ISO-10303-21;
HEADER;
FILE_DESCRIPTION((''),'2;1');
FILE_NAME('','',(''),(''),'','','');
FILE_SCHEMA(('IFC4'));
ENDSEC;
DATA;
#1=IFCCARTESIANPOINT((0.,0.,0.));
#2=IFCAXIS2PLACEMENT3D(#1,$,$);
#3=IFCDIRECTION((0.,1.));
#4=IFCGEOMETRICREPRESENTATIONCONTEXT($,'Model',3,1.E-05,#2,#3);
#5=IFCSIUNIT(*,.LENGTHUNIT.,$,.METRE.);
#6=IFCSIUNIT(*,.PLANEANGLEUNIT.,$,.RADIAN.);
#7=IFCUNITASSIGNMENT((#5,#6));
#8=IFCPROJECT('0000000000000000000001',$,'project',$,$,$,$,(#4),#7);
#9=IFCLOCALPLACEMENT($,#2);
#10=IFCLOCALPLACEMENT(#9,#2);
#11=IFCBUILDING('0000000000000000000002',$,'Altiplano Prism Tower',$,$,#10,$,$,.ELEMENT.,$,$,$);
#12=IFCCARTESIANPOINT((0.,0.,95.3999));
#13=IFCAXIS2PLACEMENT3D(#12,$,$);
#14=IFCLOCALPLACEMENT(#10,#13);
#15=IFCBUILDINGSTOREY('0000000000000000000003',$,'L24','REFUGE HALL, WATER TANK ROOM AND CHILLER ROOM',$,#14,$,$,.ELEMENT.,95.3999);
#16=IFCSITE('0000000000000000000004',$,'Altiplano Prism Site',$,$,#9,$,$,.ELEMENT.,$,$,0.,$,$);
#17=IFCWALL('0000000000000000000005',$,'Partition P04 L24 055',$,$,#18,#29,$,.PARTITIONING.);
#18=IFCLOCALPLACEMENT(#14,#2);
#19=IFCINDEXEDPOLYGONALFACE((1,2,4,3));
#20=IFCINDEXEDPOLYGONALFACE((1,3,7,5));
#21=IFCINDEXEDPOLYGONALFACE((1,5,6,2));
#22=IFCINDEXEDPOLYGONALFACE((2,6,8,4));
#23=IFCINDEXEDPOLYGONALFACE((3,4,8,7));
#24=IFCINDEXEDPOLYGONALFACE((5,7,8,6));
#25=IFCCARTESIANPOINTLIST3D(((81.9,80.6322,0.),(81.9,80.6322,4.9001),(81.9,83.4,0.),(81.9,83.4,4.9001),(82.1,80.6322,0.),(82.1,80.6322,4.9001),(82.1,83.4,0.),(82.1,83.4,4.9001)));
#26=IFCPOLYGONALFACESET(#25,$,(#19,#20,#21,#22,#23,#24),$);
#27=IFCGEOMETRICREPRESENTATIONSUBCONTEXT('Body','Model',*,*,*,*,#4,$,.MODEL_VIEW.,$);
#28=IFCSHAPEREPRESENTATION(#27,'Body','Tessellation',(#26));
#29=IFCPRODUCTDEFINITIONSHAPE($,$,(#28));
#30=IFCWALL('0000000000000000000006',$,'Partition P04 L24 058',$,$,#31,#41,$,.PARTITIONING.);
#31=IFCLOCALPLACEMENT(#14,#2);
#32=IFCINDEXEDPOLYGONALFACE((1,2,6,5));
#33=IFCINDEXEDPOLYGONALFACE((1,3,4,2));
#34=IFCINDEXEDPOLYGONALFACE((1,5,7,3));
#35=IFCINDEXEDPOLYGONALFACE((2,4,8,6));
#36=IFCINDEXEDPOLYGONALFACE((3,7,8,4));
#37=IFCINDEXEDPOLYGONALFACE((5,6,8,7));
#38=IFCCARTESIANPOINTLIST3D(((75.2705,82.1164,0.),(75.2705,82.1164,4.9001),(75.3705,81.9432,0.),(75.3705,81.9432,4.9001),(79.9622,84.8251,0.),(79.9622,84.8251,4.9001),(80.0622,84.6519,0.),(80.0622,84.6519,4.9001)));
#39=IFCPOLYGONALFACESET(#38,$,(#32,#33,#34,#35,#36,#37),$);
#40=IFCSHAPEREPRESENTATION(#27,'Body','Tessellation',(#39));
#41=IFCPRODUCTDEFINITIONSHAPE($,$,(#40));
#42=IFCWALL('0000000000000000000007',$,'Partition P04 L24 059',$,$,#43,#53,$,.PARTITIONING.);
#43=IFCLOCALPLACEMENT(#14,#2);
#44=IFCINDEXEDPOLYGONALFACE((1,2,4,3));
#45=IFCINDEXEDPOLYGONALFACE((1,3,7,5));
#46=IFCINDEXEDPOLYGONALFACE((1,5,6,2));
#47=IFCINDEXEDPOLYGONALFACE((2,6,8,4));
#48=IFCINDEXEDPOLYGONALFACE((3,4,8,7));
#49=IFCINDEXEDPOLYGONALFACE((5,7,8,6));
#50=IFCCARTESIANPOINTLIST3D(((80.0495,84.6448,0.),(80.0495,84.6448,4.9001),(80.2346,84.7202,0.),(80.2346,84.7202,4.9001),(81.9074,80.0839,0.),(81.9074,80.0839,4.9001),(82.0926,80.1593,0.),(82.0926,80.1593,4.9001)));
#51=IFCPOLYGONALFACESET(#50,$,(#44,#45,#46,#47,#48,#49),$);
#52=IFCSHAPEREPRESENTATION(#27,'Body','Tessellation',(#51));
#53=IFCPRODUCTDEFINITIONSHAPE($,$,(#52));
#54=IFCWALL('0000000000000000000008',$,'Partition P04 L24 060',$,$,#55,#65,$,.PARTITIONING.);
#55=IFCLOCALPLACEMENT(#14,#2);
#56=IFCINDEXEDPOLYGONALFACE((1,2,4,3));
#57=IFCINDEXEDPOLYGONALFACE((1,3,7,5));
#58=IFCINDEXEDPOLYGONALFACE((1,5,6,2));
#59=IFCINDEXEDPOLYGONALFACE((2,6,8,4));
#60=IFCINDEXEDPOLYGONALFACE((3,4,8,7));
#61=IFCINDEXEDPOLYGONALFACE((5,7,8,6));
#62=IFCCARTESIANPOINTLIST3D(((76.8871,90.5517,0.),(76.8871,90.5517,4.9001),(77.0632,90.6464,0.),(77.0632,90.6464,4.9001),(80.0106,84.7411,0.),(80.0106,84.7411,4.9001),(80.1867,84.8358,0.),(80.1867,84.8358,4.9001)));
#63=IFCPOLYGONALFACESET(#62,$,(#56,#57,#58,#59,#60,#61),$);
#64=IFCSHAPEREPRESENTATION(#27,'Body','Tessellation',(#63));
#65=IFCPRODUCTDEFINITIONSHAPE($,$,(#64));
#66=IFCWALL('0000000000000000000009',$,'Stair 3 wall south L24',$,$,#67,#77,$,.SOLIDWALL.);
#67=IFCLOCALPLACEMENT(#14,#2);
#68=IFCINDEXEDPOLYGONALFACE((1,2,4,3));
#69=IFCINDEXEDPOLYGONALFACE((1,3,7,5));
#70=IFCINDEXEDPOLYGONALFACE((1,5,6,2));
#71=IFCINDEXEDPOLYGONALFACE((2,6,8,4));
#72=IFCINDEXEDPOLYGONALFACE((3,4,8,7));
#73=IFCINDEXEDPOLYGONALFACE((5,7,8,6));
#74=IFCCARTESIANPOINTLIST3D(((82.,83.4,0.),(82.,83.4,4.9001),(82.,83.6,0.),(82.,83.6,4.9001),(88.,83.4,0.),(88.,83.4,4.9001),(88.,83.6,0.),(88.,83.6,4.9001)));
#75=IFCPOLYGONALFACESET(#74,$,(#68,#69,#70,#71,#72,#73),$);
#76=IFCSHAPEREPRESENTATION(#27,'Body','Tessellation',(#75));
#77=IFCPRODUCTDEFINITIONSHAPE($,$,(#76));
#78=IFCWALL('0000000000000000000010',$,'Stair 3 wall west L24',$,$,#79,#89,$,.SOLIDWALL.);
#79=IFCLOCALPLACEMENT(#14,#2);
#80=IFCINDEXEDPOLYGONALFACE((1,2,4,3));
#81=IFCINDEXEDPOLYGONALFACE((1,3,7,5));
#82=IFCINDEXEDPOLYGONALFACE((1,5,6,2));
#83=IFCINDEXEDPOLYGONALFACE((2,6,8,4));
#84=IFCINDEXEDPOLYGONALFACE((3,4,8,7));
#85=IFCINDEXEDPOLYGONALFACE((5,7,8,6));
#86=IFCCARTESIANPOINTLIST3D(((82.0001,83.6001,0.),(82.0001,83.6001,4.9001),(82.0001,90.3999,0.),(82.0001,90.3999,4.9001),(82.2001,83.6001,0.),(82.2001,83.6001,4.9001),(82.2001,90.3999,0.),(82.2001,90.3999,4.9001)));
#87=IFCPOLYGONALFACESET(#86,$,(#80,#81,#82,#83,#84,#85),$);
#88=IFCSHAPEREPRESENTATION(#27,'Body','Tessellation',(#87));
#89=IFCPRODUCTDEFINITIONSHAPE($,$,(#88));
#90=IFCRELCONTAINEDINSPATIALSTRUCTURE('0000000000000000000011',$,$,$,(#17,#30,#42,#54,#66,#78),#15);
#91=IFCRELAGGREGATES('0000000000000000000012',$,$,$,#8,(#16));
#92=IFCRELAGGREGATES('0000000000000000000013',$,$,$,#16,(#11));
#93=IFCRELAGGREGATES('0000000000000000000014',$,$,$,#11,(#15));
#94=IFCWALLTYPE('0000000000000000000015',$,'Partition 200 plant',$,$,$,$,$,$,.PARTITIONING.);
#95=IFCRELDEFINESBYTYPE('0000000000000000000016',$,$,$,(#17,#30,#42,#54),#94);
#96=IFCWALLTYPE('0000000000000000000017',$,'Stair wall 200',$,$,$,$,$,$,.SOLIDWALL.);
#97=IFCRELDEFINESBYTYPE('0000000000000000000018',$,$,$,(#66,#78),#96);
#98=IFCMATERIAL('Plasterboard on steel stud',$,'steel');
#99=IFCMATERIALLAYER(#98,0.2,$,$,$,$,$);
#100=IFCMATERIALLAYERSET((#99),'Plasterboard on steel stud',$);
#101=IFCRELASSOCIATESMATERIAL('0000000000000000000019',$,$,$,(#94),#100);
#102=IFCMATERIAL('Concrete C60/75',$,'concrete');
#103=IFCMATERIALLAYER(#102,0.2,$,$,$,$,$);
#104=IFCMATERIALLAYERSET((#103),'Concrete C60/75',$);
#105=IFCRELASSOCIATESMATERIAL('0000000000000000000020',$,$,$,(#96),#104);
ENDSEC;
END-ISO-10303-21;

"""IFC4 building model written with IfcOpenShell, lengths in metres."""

from ifc_helpers import new_model, si_unit, direction, frame, frame_2d, origin, place, context, subcontext, project, spatial, rectangle, extrude, material, layer, layer_set, type_object, element, save


model = new_model("IFC4")

# Units and contexts
model_context = context("Model", 3, precision=1e-05, world=origin(), true_north=direction((0.0, 1.0)))
body_context = subcontext(model_context, "Body", "Model", "MODEL_VIEW")
ifc_project = project(units=[si_unit("LENGTHUNIT", "METRE"), si_unit("PLANEANGLEUNIT", "RADIAN")], contexts=[model_context])

# Site, building, storey
site_placement = place(None, origin())
site = spatial("IfcSite", under=ifc_project, at=site_placement, Name="Altiplano Prism Site", CompositionType="ELEMENT", RefElevation=0.0)
building_placement = place(site_placement, origin())
building = spatial("IfcBuilding", under=site, at=building_placement, Name="Altiplano Prism Tower", CompositionType="ELEMENT")
storey_placement = place(building_placement, frame((0.0, 0.0, 95.3999)))
storey = spatial("IfcBuildingStorey", under=building, at=storey_placement, Name="L24", Description="REFUGE HALL, WATER TANK ROOM AND CHILLER ROOM", CompositionType="ELEMENT", Elevation=95.3999)

# Shared definitions
ifc_material_1 = material(Name="Concrete C60/75", Category="concrete")

# Walls
ifc_material_2 = material(Name="Plasterboard on steel stud", Category="steel")
ifc_layer_1 = layer(ifc_material_2, 0.2)
ifc_layer_set_1 = layer_set([ifc_layer_1], Name="Plasterboard on steel stud")
wall_type_1 = type_object("IfcWallType", Name="Partition 200 plant", PredefinedType="PARTITIONING", material=ifc_layer_set_1)
wall_1_placement = place(storey_placement, frame((82.0, 83.3999, 0.0), z_axis=(0.0, 0.0, 1.0), x_axis=(0.0, -1.0, 0.0)))
element("IfcWall", 1, at=wall_1_placement, inside=storey, type_object=wall_type_1, Name="Partition P04 L24 055", PredefinedType="PARTITIONING", context=body_context, shape_type="SweptSolid", body=[
    extrude(rectangle(XDim=2.7678, YDim=0.2, at=frame_2d((1.3838, 0.0))), origin(), (0.0, 0.0, 1.0), 4.9001),
])
wall_2_placement = place(storey_placement, frame((80.0122, 84.7385, 0.0), z_axis=(0.0, 0.0, 1.0), x_axis=(-0.866024, -0.500002, 0.0)))
element("IfcWall", 2, at=wall_2_placement, inside=storey, type_object=wall_type_1, Name="Partition P04 L24 058", PredefinedType="PARTITIONING", context=body_context, shape_type="SweptSolid", body=[
    extrude(rectangle(XDim=5.4175, YDim=0.2, at=frame_2d((2.7087, 0.0))), origin(), (0.0, 0.0, 1.0), 4.9001),
])
wall_3_placement = place(storey_placement, frame((82.0, 80.1216, 0.0), z_axis=(0.0, 0.0, 1.0), x_axis=(-0.377264, 0.926106, 0.0)))
element("IfcWall", 3, at=wall_3_placement, inside=storey, type_object=wall_type_1, Name="Partition P04 L24 059", PredefinedType="PARTITIONING", context=body_context, shape_type="SweptSolid", body=[
    extrude(rectangle(XDim=4.9248, YDim=0.2, at=frame_2d((2.4624, 0.0))), origin(), (0.0, 0.0, 1.0), 4.9001),
])
wall_4_placement = place(storey_placement, frame((80.0986, 84.7886, 0.0), z_axis=(0.0, 0.0, 1.0), x_axis=(-0.473486, 0.880801, 0.0)))
element("IfcWall", 4, at=wall_4_placement, inside=storey, type_object=wall_type_1, Name="Partition P04 L24 060", PredefinedType="PARTITIONING", context=body_context, shape_type="SweptSolid", body=[
    extrude(rectangle(XDim=6.5969, YDim=0.2, at=frame_2d((3.2983, 0.0))), origin(), (0.0, 0.0, 1.0), 4.9001),
])
ifc_layer_2 = layer(ifc_material_1, 0.2)
ifc_layer_set_2 = layer_set([ifc_layer_2], Name="Concrete C60/75")
wall_type_2 = type_object("IfcWallType", Name="Stair wall 200", PredefinedType="SOLIDWALL", material=ifc_layer_set_2)
wall_5_placement = place(storey_placement, frame((82.0, 83.5, 0.0), z_axis=(0.0, 0.0, 1.0), x_axis=(1.0, 0.0, 0.0)))
element("IfcWall", 5, at=wall_5_placement, inside=storey, type_object=wall_type_2, Name="Stair 3 wall south L24", PredefinedType="SOLIDWALL", context=body_context, shape_type="SweptSolid", body=[
    extrude(rectangle(XDim=6.0, YDim=0.2, at=frame_2d((3.0, 0.0))), origin(), (0.0, 0.0, 1.0), 4.9001),
])
wall_6_placement = place(storey_placement, frame((82.1001, 83.6001, 0.0), z_axis=(0.0, 0.0, 1.0), x_axis=(0.0, 1.0, 0.0)))
element("IfcWall", 6, at=wall_6_placement, inside=storey, type_object=wall_type_2, Name="Stair 3 wall west L24", PredefinedType="SOLIDWALL", context=body_context, shape_type="SweptSolid", body=[
    extrude(rectangle(XDim=6.7998, YDim=0.2, at=frame_2d((3.3999, 0.0))), origin(), (0.0, 0.0, 1.0), 4.9001),
])

save(model, "model.ifc")
